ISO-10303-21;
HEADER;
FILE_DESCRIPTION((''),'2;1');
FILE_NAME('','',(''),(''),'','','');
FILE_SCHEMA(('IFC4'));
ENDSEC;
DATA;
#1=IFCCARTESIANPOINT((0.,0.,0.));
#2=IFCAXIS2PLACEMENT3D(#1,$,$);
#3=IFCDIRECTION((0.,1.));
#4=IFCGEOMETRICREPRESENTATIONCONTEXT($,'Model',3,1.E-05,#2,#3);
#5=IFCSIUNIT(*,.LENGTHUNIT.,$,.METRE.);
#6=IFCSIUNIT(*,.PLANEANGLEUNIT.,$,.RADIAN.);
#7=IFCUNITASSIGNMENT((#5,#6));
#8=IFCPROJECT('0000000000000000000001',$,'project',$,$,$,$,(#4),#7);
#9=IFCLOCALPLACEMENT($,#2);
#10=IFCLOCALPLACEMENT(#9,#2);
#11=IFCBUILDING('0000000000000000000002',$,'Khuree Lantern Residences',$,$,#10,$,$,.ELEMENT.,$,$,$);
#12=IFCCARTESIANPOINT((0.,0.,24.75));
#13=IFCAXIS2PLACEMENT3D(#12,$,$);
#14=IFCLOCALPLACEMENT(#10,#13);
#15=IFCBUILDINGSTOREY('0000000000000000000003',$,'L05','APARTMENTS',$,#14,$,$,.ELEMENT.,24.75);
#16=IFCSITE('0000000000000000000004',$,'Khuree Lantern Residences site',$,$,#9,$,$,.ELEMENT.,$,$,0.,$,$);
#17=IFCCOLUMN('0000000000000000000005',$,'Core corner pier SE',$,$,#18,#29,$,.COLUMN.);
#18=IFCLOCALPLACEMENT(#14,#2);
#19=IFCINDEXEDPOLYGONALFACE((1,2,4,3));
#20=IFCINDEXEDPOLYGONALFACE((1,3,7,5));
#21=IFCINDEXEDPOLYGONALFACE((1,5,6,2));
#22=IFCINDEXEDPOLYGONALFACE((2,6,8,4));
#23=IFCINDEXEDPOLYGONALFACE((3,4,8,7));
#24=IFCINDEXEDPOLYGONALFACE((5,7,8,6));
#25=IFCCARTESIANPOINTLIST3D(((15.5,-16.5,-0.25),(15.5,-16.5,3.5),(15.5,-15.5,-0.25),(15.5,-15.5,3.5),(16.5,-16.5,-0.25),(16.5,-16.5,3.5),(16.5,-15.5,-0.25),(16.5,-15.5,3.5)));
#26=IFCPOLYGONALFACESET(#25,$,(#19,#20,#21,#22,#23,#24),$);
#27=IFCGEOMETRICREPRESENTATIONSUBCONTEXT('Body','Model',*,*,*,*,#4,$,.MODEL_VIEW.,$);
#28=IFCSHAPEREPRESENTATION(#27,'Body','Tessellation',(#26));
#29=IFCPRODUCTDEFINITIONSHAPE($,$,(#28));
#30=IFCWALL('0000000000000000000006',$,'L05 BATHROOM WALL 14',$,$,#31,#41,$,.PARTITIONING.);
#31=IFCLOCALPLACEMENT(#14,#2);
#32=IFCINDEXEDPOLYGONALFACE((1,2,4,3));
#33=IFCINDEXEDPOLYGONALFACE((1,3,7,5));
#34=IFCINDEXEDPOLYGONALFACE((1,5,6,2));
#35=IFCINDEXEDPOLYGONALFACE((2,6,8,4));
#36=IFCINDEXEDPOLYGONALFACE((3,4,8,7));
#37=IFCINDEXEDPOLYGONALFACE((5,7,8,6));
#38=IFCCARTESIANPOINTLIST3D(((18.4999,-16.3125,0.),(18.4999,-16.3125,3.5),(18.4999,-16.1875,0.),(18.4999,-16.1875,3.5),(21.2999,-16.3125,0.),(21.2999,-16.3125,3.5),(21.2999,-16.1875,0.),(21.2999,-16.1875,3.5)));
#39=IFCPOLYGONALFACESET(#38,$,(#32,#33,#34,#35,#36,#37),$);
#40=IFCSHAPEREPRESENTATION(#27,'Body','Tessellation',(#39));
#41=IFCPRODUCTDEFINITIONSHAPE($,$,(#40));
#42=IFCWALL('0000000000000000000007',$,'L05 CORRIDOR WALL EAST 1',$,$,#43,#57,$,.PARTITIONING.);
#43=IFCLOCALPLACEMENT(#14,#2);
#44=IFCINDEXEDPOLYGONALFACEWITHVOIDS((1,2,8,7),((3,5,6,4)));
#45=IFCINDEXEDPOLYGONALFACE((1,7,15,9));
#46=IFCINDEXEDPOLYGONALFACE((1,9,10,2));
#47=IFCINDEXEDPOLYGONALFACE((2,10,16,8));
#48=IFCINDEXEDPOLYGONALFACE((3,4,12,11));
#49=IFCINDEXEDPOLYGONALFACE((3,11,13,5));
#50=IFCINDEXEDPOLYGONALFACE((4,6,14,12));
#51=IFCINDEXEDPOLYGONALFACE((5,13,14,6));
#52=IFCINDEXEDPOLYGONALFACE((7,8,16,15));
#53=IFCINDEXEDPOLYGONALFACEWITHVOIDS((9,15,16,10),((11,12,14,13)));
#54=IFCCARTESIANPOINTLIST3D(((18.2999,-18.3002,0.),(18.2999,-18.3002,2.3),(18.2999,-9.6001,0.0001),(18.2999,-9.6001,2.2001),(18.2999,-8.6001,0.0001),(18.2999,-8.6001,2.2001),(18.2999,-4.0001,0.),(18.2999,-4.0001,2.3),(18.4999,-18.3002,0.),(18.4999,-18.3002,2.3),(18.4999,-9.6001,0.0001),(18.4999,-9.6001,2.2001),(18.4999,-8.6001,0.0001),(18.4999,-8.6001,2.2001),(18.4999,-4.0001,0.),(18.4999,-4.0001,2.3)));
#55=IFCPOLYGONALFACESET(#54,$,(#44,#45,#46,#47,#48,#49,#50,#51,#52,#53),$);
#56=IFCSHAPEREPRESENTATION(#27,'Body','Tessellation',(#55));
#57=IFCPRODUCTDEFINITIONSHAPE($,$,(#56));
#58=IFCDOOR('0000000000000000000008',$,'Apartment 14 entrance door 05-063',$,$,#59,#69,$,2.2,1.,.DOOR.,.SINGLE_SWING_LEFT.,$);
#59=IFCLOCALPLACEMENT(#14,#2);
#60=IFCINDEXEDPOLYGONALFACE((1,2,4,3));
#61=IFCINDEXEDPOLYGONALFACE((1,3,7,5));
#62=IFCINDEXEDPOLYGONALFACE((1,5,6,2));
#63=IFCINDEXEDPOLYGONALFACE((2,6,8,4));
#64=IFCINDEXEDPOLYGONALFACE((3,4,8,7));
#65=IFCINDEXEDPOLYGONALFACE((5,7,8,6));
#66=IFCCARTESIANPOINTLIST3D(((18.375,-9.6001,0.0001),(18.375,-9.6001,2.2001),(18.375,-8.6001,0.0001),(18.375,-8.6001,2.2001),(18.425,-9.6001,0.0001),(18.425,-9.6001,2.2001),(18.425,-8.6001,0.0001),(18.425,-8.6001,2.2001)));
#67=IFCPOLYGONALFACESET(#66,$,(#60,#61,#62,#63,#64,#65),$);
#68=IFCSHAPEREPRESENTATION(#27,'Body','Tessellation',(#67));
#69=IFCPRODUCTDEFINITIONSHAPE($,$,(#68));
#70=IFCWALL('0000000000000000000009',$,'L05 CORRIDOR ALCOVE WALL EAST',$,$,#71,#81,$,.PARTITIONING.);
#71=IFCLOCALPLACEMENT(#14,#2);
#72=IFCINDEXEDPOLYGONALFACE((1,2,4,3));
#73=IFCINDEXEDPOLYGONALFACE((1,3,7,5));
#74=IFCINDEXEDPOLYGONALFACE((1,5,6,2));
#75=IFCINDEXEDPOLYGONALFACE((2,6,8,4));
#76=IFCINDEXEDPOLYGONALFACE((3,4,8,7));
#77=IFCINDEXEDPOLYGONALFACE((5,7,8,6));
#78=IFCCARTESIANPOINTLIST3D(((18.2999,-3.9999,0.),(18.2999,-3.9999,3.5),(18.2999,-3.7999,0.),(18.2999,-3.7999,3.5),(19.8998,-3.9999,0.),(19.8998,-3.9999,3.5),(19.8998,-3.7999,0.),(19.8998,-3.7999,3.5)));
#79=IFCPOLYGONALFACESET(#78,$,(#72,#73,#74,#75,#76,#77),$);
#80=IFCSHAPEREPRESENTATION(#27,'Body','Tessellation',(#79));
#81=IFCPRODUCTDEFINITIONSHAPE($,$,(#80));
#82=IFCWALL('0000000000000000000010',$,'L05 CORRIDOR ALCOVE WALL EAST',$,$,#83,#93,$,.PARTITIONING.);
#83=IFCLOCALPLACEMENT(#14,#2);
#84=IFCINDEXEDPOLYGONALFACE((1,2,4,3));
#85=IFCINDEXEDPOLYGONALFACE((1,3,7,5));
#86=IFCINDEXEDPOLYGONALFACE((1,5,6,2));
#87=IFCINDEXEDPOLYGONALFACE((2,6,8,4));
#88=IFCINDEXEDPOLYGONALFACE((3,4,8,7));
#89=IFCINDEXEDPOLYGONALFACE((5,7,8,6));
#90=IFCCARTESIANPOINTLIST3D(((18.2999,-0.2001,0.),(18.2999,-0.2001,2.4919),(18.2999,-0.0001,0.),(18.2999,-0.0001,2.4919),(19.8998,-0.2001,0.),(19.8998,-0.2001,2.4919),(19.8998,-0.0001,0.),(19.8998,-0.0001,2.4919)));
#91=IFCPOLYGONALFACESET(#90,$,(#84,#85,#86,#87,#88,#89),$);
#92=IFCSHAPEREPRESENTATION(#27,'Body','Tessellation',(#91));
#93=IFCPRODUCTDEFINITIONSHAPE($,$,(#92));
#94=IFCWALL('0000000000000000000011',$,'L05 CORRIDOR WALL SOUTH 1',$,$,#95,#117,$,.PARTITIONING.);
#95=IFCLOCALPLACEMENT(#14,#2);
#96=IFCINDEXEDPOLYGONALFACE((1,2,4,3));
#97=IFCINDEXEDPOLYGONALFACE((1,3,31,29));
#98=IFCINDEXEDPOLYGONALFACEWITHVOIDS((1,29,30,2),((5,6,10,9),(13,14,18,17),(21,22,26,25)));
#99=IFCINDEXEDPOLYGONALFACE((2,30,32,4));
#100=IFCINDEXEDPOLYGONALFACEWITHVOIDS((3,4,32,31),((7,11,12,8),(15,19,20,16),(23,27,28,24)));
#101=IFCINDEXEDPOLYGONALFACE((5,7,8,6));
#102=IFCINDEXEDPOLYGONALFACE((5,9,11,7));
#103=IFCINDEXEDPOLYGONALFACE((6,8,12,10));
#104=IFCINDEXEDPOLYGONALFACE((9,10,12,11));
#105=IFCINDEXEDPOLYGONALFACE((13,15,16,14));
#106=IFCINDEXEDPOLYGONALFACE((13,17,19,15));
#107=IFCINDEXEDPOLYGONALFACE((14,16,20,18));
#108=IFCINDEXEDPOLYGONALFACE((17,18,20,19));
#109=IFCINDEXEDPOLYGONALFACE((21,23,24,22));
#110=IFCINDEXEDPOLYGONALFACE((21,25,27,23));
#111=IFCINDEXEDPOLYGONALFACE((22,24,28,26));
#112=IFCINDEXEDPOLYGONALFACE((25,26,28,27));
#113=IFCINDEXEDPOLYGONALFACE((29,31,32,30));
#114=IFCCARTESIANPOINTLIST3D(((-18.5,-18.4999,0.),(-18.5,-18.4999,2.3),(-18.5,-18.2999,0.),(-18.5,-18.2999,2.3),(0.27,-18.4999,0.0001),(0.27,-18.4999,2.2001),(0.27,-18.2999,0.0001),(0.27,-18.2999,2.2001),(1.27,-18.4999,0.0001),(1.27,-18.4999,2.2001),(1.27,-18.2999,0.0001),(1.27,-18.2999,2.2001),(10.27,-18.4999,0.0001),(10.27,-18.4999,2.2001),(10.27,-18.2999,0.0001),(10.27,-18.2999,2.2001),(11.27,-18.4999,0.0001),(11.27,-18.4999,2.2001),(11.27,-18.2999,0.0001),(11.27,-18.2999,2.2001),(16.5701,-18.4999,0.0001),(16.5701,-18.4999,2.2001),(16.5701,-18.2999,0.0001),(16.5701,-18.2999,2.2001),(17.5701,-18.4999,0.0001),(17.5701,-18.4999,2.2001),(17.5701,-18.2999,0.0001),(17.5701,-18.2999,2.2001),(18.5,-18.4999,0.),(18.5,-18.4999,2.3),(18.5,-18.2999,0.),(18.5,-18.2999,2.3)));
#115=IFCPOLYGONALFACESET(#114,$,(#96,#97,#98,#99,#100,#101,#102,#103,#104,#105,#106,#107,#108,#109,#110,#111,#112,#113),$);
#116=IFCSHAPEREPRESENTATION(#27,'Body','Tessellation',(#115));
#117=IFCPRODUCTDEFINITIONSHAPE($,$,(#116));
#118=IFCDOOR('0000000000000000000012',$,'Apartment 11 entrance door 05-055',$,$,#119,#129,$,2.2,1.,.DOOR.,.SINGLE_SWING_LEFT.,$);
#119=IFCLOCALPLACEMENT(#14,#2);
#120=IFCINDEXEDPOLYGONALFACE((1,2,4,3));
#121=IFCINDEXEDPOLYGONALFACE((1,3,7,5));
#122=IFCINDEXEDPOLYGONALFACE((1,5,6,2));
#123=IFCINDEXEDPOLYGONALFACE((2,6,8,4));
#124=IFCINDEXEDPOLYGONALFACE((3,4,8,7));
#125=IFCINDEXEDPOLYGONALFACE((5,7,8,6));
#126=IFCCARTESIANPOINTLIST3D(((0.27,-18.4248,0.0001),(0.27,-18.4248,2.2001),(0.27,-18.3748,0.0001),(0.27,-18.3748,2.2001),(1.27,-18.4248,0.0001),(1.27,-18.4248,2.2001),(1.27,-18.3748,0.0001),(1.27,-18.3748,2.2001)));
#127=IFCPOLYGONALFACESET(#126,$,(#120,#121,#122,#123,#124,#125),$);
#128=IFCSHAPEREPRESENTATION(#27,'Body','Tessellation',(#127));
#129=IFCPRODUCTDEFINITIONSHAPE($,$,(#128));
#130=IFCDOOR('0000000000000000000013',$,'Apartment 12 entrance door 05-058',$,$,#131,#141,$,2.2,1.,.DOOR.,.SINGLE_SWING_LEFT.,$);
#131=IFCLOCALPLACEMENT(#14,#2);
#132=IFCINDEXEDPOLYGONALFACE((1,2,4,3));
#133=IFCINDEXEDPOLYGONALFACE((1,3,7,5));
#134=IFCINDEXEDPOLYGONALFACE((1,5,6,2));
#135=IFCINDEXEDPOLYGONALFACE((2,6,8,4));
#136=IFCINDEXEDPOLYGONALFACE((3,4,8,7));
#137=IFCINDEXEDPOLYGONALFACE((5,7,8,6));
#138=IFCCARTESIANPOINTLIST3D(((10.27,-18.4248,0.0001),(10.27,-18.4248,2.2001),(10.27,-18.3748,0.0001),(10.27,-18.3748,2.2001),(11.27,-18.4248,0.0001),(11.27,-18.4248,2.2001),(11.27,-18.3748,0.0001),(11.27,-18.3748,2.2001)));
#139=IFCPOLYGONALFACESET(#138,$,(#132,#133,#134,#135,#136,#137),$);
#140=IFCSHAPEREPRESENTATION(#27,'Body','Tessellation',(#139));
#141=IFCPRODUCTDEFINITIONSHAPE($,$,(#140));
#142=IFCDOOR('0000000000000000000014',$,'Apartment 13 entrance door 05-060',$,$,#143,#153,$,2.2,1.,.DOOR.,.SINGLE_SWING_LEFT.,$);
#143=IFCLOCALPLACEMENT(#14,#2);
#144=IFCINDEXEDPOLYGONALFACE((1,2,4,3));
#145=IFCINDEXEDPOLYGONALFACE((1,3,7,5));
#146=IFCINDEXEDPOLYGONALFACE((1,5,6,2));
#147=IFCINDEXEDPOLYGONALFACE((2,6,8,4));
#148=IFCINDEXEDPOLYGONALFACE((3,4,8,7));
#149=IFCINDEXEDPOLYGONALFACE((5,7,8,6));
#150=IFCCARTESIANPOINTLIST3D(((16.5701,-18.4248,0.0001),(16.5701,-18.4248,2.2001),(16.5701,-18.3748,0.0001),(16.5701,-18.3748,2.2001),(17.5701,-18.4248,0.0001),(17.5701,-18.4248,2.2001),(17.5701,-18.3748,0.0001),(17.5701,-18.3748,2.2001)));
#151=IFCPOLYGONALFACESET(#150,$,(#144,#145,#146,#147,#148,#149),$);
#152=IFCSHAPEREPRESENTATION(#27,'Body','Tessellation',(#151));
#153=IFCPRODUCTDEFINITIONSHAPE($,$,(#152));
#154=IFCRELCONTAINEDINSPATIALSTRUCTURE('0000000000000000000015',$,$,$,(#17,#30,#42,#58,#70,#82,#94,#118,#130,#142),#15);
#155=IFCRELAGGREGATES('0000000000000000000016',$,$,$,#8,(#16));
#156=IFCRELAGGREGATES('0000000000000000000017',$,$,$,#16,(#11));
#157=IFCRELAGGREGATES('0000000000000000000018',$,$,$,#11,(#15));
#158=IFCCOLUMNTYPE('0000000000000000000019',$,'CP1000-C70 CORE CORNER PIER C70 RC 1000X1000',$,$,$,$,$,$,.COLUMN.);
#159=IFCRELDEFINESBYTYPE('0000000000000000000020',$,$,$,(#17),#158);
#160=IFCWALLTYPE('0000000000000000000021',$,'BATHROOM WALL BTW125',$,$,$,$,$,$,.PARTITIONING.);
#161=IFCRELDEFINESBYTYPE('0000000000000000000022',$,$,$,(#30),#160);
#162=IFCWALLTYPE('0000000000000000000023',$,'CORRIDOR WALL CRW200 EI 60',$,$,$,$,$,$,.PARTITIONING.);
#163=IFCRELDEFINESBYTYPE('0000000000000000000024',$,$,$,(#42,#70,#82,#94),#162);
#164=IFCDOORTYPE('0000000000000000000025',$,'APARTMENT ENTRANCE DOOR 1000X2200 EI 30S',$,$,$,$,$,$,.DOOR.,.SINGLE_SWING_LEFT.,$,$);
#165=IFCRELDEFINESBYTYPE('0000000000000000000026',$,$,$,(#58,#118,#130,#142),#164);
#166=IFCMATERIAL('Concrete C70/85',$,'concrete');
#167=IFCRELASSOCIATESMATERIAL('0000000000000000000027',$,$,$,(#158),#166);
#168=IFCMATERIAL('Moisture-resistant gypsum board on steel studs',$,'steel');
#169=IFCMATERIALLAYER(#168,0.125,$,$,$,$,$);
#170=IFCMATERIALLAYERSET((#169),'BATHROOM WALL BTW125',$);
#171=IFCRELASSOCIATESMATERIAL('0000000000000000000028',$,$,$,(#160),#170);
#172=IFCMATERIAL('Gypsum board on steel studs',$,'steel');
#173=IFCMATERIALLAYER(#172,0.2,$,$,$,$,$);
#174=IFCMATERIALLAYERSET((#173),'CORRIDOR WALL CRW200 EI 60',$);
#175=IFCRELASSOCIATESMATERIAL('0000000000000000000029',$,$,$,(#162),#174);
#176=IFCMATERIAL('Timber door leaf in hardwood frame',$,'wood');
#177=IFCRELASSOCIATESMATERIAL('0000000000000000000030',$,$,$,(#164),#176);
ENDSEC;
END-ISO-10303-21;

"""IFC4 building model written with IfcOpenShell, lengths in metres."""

from ifc_helpers import new_model, si_unit, direction, frame, frame_2d, origin, origin_2d, place, context, subcontext, project, spatial, rectangle, extrude, material, layer, layer_set, material_profile, profile_set, type_object, element, fill, save


model = new_model("IFC4")

# Units and contexts
model_context = context("Model", 3, precision=1e-05, world=origin(), true_north=direction((0.0, 1.0)))
body_context = subcontext(model_context, "Body", "Model", "MODEL_VIEW")
ifc_project = project(units=[si_unit("LENGTHUNIT", "METRE"), si_unit("PLANEANGLEUNIT", "RADIAN")], contexts=[model_context])

# Site, building, storey
site_placement = place(None, origin())
site = spatial("IfcSite", under=ifc_project, at=site_placement, Name="Khuree Lantern Residences site", CompositionType="ELEMENT", RefElevation=0.0)
building_placement = place(site_placement, origin())
building = spatial("IfcBuilding", under=site, at=building_placement, Name="Khuree Lantern Residences", CompositionType="ELEMENT")
storey_placement = place(building_placement, frame((0.0, 0.0, 24.75)))
storey = spatial("IfcBuildingStorey", under=building, at=storey_placement, Name="L05", Description="APARTMENTS", CompositionType="ELEMENT", Elevation=24.75)

# Column
ifc_material_1 = material(Name="Concrete C70/85", Category="concrete")
ifc_material_profile = material_profile(ifc_material_1, rectangle(XDim=1.0, YDim=1.0, at=origin_2d()), Name="RC 1000X1000")
ifc_profile_set = profile_set([ifc_material_profile], Name="Concrete C70/85")
column_type = type_object("IfcColumnType", Name="CP1000-C70 CORE CORNER PIER C70 RC 1000X1000", PredefinedType="COLUMN", material=ifc_profile_set)
column_placement = place(storey_placement, frame((16.0, -16.0, -0.25), z_axis=(0.0, 0.0, 1.0), x_axis=(1.0, 0.0, 0.0)))
element("IfcColumn", 1, at=column_placement, inside=storey, type_object=column_type, Name="Core corner pier SE", PredefinedType="COLUMN", context=body_context, shape_type="SweptSolid", body=[
    extrude(rectangle(XDim=1.0, YDim=1.0, at=origin_2d()), origin(), (0.0, 0.0, 1.0), 3.75),
])

# Wall
ifc_material_2 = material(Name="Moisture-resistant gypsum board on steel studs", Category="steel")
ifc_layer_1 = layer(ifc_material_2, 0.125)
ifc_layer_set_1 = layer_set([ifc_layer_1], Name="BATHROOM WALL BTW125")
wall_type_1 = type_object("IfcWallType", Name="BATHROOM WALL BTW125", PredefinedType="PARTITIONING", material=ifc_layer_set_1)
wall_1_placement = place(storey_placement, frame((18.5, -16.25, 0.0), z_axis=(0.0, 0.0, 1.0), x_axis=(1.0, 0.0, 0.0)))
element("IfcWall", 2, at=wall_1_placement, inside=storey, type_object=wall_type_1, Name="L05 BATHROOM WALL 14", PredefinedType="PARTITIONING", context=body_context, shape_type="SweptSolid", body=[
    extrude(rectangle(XDim=2.8, YDim=0.125, at=frame_2d((1.3999, 0.0))), origin(), (0.0, 0.0, 1.0), 3.5),
])

# Wall, opening, door
ifc_material_3 = material(Name="Gypsum board on steel studs", Category="steel")
ifc_layer_2 = layer(ifc_material_3, 0.2)
ifc_layer_set_2 = layer_set([ifc_layer_2], Name="CORRIDOR WALL CRW200 EI 60")
wall_type_2 = type_object("IfcWallType", Name="CORRIDOR WALL CRW200 EI 60", PredefinedType="PARTITIONING", material=ifc_layer_set_2)
wall_2_placement = place(storey_placement, frame((18.3999, -18.3, 0.0), z_axis=(0.0, 0.0, 1.0), x_axis=(0.0, 1.0, 0.0)))
wall_2 = element("IfcWall", 3, at=wall_2_placement, inside=storey, type_object=wall_type_2, Name="L05 CORRIDOR WALL EAST 1", PredefinedType="PARTITIONING", context=body_context, shape_type="SweptSolid", body=[
    extrude(rectangle(XDim=14.3, YDim=0.2, at=frame_2d((7.1499, 0.0))), origin(), (0.0, 0.0, 1.0), 2.3),
])
opening_1_placement = place(wall_2_placement, frame((8.7, 0.0, 0.0)))
opening_1 = element("IfcOpeningElement", 4, at=opening_1_placement, cuts=wall_2, PredefinedType="OPENING", context=body_context, shape_type="SweptSolid", body=[
    extrude(rectangle(XDim=1.0, YDim=2.2, at=frame_2d((0.5, 1.1001))), frame((0.0, 0.1099, 0.0), z_axis=(0.0, -1.0, 0.0), x_axis=(1.0, 0.0, 0.0)), (0.0, 0.0, 1.0), 0.22),
])
ifc_material_4 = material(Name="Timber door leaf in hardwood frame", Category="wood")
door_type_1 = type_object("IfcDoorType", Name="APARTMENT ENTRANCE DOOR 1000X2200 EI 30S", OperationType="SINGLE_SWING_LEFT", PredefinedType="DOOR", material=ifc_material_4)
door_1_placement = place(opening_1_placement, origin())
door_1 = element("IfcDoor", 5, at=door_1_placement, inside=storey, type_object=door_type_1, Name="Apartment 14 entrance door 05-063", OperationType="SINGLE_SWING_LEFT", OverallHeight=2.2, OverallWidth=1.0, PredefinedType="DOOR", context=body_context, shape_type="SweptSolid", body=[
    extrude(rectangle(XDim=1.0, YDim=2.2, at=frame_2d((0.5, 1.1001))), frame((0.0, 0.0249, 0.0), z_axis=(0.0, -1.0, 0.0), x_axis=(1.0, 0.0, 0.0)), (0.0, 0.0, 1.0), 0.05),
])
fill(opening_1, door_1)

# Walls
wall_3_placement = place(storey_placement, frame((18.3, -3.8999, 0.0), z_axis=(0.0, 0.0, 1.0), x_axis=(1.0, 0.0, 0.0)))
element("IfcWall", 6, at=wall_3_placement, inside=storey, type_object=wall_type_2, Name="L05 CORRIDOR ALCOVE WALL EAST", PredefinedType="PARTITIONING", context=body_context, shape_type="SweptSolid", body=[
    extrude(rectangle(XDim=1.5999, YDim=0.2, at=frame_2d((0.7998, 0.0))), origin(), (0.0, 0.0, 1.0), 3.5),
])
wall_4_placement = place(storey_placement, frame((18.3, -0.1001, 0.0), z_axis=(0.0, 0.0, 1.0), x_axis=(1.0, 0.0, 0.0)))
element("IfcWall", 7, at=wall_4_placement, inside=storey, type_object=wall_type_2, Name="L05 CORRIDOR ALCOVE WALL EAST", PredefinedType="PARTITIONING", context=body_context, shape_type="SweptSolid", body=[
    extrude(rectangle(XDim=1.5999, YDim=0.2, at=frame_2d((0.7998, 0.0))), origin(), (0.0, 0.0, 1.0), 2.4919),
])

# Wall, openings, doors
wall_5_placement = place(storey_placement, frame((18.5, -18.3999, 0.0), z_axis=(0.0, 0.0, 1.0), x_axis=(-1.0, 0.0, 0.0)))
wall_5 = element("IfcWall", 8, at=wall_5_placement, inside=storey, type_object=wall_type_2, Name="L05 CORRIDOR WALL SOUTH 1", PredefinedType="PARTITIONING", context=body_context, shape_type="SweptSolid", body=[
    extrude(rectangle(XDim=37.0, YDim=0.2, at=frame_2d((18.5, 0.0))), origin(), (0.0, 0.0, 1.0), 2.3),
])
opening_2_placement = place(wall_5_placement, frame((17.23, 0.0, 0.0)))
opening_2 = element("IfcOpeningElement", 9, at=opening_2_placement, cuts=wall_5, PredefinedType="OPENING", context=body_context, shape_type="SweptSolid", body=[
    extrude(rectangle(XDim=1.0, YDim=2.2, at=frame_2d((0.5, 1.1001))), frame((0.0, 0.1099, 0.0), z_axis=(0.0, -1.0, 0.0), x_axis=(1.0, 0.0, 0.0)), (0.0, 0.0, 1.0), 0.22),
])
opening_3_placement = place(wall_5_placement, frame((7.23, 0.0, 0.0)))
opening_3 = element("IfcOpeningElement", 10, at=opening_3_placement, cuts=wall_5, PredefinedType="OPENING", context=body_context, shape_type="SweptSolid", body=[
    extrude(rectangle(XDim=1.0, YDim=2.2, at=frame_2d((0.5, 1.1001))), frame((0.0, 0.1099, 0.0), z_axis=(0.0, -1.0, 0.0), x_axis=(1.0, 0.0, 0.0)), (0.0, 0.0, 1.0), 0.22),
])
opening_4_placement = place(wall_5_placement, frame((0.9299, 0.0, 0.0)))
opening_4 = element("IfcOpeningElement", 11, at=opening_4_placement, cuts=wall_5, PredefinedType="OPENING", context=body_context, shape_type="SweptSolid", body=[
    extrude(rectangle(XDim=1.0, YDim=2.2, at=frame_2d((0.5, 1.1001))), frame((0.0, 0.1099, 0.0), z_axis=(0.0, -1.0, 0.0), x_axis=(1.0, 0.0, 0.0)), (0.0, 0.0, 1.0), 0.22),
])
door_2_placement = place(opening_2_placement, origin())
door_2 = element("IfcDoor", 12, at=door_2_placement, inside=storey, type_object=door_type_1, Name="Apartment 11 entrance door 05-055", OperationType="SINGLE_SWING_LEFT", OverallHeight=2.2, OverallWidth=1.0, PredefinedType="DOOR", context=body_context, shape_type="SweptSolid", body=[
    extrude(rectangle(XDim=1.0, YDim=2.2, at=frame_2d((0.5, 1.1001))), frame((0.0, 0.0249, 0.0), z_axis=(0.0, -1.0, 0.0), x_axis=(1.0, 0.0, 0.0)), (0.0, 0.0, 1.0), 0.05),
])
fill(opening_2, door_2)
door_3_placement = place(opening_3_placement, origin())
door_3 = element("IfcDoor", 13, at=door_3_placement, inside=storey, type_object=door_type_1, Name="Apartment 12 entrance door 05-058", OperationType="SINGLE_SWING_LEFT", OverallHeight=2.2, OverallWidth=1.0, PredefinedType="DOOR", context=body_context, shape_type="SweptSolid", body=[
    extrude(rectangle(XDim=1.0, YDim=2.2, at=frame_2d((0.5, 1.1001))), frame((0.0, 0.0249, 0.0), z_axis=(0.0, -1.0, 0.0), x_axis=(1.0, 0.0, 0.0)), (0.0, 0.0, 1.0), 0.05),
])
fill(opening_3, door_3)
door_4_placement = place(opening_4_placement, origin())
door_4 = element("IfcDoor", 14, at=door_4_placement, inside=storey, type_object=door_type_1, Name="Apartment 13 entrance door 05-060", OperationType="SINGLE_SWING_LEFT", OverallHeight=2.2, OverallWidth=1.0, PredefinedType="DOOR", context=body_context, shape_type="SweptSolid", body=[
    extrude(rectangle(XDim=1.0, YDim=2.2, at=frame_2d((0.5, 1.1001))), frame((0.0, 0.0249, 0.0), z_axis=(0.0, -1.0, 0.0), x_axis=(1.0, 0.0, 0.0)), (0.0, 0.0, 1.0), 0.05),
])
fill(opening_4, door_4)

save(model, "model.ifc")
